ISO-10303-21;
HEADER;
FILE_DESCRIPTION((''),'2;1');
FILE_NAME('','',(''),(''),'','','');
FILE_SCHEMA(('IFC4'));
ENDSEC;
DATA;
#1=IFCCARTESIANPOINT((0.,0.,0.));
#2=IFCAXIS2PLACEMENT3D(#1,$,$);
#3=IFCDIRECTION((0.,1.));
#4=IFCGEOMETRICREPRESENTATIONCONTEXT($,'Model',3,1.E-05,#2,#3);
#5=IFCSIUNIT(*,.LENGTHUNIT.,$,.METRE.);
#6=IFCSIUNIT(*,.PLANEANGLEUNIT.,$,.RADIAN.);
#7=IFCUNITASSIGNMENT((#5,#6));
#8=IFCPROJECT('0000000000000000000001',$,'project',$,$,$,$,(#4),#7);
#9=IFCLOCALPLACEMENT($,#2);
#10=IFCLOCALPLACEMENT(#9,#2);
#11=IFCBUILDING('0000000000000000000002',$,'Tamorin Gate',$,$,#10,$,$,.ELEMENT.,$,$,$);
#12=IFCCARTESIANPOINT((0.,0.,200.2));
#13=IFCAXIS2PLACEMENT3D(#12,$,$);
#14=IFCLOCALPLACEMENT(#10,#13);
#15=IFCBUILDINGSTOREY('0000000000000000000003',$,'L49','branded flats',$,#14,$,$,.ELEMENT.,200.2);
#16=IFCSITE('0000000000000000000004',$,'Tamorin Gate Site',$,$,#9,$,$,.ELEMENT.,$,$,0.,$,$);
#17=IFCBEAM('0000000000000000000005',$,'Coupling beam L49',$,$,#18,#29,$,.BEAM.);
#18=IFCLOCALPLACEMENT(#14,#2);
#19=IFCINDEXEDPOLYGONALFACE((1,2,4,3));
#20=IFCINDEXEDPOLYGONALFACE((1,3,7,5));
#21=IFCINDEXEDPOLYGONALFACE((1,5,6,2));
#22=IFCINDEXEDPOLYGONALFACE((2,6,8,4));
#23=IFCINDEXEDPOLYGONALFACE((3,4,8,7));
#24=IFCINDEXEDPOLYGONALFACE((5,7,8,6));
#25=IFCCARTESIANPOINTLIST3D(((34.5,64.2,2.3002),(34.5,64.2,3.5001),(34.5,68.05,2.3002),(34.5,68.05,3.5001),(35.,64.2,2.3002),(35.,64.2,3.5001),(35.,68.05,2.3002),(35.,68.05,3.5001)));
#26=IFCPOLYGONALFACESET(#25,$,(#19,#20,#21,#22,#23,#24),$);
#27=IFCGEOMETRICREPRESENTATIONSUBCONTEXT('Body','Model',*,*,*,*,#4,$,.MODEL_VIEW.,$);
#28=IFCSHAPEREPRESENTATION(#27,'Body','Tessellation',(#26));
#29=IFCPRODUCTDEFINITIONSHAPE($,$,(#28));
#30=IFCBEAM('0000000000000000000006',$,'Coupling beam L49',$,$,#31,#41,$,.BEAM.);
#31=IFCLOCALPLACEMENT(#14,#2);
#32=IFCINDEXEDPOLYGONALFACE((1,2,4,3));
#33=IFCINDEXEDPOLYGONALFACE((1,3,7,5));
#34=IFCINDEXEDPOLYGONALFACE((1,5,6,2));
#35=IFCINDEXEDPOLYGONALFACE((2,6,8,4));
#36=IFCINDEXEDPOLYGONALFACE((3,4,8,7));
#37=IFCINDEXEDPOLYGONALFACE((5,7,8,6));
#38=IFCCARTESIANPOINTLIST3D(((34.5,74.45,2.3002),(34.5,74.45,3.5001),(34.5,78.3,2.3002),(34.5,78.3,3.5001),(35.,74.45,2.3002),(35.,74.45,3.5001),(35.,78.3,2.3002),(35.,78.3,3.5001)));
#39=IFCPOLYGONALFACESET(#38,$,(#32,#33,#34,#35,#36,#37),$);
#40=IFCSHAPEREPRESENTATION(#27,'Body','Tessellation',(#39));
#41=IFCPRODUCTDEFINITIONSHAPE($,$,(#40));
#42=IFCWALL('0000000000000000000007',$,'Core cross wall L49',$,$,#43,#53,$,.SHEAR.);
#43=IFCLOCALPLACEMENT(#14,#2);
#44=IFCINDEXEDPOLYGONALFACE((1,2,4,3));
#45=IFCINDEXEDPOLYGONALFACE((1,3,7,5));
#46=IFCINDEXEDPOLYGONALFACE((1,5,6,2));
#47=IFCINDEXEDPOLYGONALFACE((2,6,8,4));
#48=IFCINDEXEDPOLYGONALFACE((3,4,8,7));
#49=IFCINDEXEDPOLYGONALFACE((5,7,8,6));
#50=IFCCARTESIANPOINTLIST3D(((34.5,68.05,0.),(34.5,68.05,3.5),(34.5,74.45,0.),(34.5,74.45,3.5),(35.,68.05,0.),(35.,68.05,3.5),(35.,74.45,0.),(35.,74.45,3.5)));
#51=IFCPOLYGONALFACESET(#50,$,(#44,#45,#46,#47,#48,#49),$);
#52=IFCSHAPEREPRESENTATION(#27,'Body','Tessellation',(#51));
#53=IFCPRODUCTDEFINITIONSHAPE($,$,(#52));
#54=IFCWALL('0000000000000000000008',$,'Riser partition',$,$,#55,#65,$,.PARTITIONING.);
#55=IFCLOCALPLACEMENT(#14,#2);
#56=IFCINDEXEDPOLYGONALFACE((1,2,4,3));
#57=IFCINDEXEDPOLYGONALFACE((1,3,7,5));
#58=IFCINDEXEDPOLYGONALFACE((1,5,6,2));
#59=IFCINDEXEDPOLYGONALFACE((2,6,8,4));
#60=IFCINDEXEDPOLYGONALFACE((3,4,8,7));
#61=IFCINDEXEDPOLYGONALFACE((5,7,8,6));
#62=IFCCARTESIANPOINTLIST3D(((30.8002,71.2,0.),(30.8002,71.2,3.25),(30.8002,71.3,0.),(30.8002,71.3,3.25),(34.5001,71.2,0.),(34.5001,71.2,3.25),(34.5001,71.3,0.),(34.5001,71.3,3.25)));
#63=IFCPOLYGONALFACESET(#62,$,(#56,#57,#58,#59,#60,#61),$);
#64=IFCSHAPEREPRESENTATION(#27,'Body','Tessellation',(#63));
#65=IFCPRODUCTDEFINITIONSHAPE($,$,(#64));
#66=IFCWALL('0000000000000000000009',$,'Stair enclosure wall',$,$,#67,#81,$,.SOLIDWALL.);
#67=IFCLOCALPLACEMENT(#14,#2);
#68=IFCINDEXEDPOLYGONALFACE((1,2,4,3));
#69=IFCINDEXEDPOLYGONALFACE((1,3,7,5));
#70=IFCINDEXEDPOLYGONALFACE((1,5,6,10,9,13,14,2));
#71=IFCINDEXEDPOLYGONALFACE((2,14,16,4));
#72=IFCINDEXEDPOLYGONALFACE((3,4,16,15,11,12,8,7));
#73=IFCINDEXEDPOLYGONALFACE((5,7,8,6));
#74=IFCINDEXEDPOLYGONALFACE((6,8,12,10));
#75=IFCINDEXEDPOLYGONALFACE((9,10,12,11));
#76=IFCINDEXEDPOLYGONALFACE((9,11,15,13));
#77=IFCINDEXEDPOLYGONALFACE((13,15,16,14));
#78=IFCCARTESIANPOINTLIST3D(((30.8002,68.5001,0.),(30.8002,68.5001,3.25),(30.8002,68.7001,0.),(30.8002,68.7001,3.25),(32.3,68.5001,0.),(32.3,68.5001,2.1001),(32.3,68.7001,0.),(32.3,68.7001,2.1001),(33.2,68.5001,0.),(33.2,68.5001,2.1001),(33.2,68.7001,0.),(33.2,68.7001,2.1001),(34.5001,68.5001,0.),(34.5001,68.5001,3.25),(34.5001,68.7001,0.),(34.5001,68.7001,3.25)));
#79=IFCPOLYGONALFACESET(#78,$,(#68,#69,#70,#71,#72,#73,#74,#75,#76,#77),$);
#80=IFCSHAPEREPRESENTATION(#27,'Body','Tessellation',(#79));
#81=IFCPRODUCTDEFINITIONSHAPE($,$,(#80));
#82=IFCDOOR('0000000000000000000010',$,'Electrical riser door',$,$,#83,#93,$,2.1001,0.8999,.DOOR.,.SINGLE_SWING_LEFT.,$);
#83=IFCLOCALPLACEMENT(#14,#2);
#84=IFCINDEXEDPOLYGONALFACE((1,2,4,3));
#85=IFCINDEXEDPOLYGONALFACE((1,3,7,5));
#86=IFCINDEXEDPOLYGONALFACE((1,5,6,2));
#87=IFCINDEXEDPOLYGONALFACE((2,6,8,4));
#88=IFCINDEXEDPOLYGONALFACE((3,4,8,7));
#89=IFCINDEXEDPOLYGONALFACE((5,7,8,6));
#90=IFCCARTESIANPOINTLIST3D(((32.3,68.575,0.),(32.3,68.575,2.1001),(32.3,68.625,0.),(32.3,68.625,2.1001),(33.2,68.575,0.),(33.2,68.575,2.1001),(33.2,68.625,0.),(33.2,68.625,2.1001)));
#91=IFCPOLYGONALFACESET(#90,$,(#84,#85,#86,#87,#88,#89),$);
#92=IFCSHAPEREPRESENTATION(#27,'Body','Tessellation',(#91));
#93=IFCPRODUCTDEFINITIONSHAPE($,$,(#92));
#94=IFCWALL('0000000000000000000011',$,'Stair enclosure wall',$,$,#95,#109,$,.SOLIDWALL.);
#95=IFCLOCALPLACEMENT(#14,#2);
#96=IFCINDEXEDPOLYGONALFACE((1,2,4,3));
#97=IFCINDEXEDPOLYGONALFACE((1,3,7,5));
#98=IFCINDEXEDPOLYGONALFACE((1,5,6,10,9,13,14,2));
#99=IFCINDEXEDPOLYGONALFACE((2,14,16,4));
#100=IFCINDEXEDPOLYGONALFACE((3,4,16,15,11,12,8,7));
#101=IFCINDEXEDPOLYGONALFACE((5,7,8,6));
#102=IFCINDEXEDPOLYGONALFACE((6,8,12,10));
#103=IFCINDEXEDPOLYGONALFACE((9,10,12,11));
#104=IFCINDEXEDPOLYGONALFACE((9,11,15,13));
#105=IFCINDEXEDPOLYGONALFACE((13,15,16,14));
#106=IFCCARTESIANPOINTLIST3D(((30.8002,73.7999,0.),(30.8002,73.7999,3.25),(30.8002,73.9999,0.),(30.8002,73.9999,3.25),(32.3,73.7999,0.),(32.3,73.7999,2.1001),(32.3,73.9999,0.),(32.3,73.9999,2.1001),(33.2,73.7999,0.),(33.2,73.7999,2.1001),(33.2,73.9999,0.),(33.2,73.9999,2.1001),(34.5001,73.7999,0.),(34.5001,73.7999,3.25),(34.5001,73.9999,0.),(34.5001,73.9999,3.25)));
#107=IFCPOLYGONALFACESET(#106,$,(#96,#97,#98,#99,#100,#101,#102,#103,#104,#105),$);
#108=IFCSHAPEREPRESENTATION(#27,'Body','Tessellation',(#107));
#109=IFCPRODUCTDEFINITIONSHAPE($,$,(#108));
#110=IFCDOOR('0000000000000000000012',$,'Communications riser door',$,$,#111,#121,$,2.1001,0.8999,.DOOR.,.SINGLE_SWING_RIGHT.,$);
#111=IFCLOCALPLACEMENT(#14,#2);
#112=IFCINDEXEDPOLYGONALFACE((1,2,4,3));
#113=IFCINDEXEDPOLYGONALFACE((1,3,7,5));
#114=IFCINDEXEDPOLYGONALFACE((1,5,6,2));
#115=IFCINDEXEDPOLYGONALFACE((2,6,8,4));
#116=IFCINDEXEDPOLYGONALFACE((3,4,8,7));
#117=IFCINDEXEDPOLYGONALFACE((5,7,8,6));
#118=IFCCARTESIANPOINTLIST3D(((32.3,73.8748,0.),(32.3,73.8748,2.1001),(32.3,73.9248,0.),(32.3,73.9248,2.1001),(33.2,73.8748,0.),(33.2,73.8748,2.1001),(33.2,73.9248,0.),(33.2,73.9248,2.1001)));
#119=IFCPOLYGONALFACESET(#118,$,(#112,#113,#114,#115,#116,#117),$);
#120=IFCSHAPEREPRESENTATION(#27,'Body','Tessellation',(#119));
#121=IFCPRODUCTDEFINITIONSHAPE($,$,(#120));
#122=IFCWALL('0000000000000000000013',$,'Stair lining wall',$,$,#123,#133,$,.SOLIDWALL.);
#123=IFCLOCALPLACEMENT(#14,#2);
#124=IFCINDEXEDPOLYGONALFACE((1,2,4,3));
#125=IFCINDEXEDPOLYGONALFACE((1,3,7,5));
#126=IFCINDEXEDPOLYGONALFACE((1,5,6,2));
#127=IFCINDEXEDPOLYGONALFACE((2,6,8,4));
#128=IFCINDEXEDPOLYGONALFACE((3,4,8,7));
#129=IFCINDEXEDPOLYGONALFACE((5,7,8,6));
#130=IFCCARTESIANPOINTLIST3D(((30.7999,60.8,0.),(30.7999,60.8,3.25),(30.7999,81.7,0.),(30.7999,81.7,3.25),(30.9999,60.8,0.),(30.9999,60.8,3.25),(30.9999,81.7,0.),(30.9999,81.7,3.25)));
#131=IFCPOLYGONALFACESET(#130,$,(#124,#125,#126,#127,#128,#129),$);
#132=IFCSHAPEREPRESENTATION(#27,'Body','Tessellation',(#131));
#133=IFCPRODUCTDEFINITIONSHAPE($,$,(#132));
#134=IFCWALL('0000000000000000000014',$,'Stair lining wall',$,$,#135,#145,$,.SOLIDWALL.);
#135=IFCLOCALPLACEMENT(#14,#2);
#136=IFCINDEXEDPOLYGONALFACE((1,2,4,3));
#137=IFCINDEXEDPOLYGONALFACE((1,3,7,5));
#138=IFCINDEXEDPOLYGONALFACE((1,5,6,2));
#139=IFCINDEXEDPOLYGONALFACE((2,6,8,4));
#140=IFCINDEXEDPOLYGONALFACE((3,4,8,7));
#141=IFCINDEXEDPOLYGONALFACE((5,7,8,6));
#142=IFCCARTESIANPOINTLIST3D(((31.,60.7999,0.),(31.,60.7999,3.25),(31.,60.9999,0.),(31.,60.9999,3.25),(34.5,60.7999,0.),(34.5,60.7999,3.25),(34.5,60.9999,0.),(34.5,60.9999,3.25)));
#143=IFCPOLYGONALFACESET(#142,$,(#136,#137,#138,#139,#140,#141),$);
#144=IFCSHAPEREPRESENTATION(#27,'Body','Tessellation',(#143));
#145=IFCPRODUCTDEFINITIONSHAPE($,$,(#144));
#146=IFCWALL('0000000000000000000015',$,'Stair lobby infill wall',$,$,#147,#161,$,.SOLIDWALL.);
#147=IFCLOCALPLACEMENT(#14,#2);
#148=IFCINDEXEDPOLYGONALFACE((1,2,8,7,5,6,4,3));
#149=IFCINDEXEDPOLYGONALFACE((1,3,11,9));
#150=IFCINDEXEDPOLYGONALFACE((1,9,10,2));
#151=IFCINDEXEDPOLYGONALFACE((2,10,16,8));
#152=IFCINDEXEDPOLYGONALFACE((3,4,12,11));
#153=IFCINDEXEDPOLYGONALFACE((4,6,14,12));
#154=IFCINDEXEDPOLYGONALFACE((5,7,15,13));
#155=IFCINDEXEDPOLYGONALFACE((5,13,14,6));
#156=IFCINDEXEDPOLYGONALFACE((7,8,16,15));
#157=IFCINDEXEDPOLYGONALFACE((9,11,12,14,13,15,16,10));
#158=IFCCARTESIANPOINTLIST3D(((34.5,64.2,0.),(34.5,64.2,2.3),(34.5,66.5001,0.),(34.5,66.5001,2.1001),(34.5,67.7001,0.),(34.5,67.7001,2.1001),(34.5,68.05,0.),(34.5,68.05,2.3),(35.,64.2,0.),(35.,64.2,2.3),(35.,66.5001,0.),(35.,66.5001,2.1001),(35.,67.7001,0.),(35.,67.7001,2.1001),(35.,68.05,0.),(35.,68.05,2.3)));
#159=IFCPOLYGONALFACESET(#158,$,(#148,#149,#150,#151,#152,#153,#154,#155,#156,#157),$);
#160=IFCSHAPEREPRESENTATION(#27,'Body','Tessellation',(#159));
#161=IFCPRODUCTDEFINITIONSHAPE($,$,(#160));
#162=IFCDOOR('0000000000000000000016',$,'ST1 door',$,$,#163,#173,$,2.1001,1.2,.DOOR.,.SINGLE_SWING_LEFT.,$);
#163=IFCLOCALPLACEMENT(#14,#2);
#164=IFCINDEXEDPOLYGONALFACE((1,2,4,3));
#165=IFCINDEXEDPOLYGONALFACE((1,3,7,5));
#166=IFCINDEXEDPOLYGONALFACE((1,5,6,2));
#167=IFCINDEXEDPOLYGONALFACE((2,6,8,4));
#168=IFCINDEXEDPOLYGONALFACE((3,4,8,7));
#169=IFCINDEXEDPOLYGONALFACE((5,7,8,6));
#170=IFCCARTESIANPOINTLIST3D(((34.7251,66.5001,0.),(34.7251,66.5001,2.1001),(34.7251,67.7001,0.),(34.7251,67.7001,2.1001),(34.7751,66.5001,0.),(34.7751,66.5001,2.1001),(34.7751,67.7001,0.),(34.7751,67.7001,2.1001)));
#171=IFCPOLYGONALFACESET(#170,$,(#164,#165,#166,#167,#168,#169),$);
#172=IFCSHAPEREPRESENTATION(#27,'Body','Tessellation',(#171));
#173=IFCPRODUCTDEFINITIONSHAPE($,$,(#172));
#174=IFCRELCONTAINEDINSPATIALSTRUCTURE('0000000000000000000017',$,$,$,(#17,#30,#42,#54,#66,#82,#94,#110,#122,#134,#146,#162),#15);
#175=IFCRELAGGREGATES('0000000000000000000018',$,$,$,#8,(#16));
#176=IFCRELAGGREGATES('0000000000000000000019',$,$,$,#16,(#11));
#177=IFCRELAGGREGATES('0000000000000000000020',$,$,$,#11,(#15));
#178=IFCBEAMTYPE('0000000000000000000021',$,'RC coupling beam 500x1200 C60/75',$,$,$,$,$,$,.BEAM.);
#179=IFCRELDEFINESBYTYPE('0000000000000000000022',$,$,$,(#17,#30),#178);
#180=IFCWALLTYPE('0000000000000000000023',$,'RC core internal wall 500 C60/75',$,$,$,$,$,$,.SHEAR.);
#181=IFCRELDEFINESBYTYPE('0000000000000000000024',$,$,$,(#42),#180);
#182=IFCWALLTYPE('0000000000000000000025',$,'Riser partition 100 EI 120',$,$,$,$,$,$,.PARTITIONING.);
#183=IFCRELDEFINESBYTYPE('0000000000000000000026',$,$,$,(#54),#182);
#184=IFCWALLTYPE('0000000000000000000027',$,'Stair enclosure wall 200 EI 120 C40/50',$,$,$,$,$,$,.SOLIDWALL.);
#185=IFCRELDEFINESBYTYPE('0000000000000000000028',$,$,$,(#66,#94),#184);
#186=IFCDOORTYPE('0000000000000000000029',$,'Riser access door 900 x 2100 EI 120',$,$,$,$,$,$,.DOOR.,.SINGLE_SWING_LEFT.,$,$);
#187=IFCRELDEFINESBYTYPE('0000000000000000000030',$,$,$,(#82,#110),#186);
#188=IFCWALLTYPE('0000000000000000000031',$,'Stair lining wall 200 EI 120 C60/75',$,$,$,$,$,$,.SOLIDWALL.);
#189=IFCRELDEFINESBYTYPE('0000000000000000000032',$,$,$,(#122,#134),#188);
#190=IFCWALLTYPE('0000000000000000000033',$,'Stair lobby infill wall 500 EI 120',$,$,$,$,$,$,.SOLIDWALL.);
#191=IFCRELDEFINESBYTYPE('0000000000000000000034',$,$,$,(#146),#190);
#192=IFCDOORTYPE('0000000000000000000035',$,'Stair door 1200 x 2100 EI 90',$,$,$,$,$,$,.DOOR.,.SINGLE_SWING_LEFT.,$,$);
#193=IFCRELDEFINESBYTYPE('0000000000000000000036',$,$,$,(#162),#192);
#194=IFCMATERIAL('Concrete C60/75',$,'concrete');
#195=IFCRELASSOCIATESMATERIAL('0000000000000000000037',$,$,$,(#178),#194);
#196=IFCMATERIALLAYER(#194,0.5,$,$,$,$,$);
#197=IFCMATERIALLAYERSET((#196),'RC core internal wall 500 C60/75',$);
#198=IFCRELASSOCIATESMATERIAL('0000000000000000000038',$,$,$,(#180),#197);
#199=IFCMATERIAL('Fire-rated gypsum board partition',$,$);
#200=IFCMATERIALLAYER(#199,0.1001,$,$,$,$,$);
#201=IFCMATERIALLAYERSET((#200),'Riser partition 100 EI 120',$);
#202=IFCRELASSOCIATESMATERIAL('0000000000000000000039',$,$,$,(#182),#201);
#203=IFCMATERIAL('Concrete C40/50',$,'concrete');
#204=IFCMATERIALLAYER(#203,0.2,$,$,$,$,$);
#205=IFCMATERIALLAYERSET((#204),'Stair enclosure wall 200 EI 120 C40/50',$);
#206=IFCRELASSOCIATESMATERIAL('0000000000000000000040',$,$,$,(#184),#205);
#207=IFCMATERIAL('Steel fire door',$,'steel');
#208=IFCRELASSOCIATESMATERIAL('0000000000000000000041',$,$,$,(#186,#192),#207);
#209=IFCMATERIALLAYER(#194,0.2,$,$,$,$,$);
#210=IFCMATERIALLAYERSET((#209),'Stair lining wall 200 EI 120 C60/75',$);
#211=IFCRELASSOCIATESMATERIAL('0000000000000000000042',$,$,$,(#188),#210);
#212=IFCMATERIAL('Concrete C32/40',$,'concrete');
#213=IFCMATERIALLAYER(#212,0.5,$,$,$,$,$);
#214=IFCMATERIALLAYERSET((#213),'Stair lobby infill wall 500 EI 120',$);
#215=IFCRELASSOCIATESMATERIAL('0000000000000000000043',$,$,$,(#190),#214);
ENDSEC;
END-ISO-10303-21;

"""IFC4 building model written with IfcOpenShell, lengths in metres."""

from ifc_helpers import new_model, si_unit, direction, frame, frame_2d, origin, origin_2d, place, context, subcontext, project, spatial, rectangle, extrude, material, layer, layer_set, material_profile, profile_set, type_object, element, fill, save


model = new_model("IFC4")

# Units and contexts
model_context = context("Model", 3, precision=1e-05, world=origin(), true_north=direction((0.0, 1.0)))
body_context = subcontext(model_context, "Body", "Model", "MODEL_VIEW")
ifc_project = project(units=[si_unit("LENGTHUNIT", "METRE"), si_unit("PLANEANGLEUNIT", "RADIAN")], contexts=[model_context])

# Site, building, storey
site_placement = place(None, origin())
site = spatial("IfcSite", under=ifc_project, at=site_placement, Name="Tamorin Gate Site", CompositionType="ELEMENT", RefElevation=0.0)
building_placement = place(site_placement, origin())
building = spatial("IfcBuilding", under=site, at=building_placement, Name="Tamorin Gate", CompositionType="ELEMENT")
storey_placement = place(building_placement, frame((0.0, 0.0, 200.2)))
storey = spatial("IfcBuildingStorey", under=building, at=storey_placement, Name="L49", Description="branded flats", CompositionType="ELEMENT", Elevation=200.2)

# Beams
ifc_material_1 = material(Name="Concrete C60/75", Category="concrete")
ifc_material_profile = material_profile(ifc_material_1, rectangle(XDim=0.5, YDim=1.2, at=origin_2d()), Name="RC 500x1200")
ifc_profile_set = profile_set([ifc_material_profile], Name="Concrete C60/75")
beam_type = type_object("IfcBeamType", Name="RC coupling beam 500x1200 C60/75", PredefinedType="BEAM", material=ifc_profile_set)
for number, where, z_axis, x_axis, name in (
    (1, (34.75, 64.2, 2.9001), (0.0, 1.0, 0.0), (-1.0, 0.0, 0.0), "Coupling beam L49"),
    (2, (34.75, 74.45, 2.9001), (0.0, 1.0, 0.0), (-1.0, 0.0, 0.0), "Coupling beam L49"),
):
    element("IfcBeam", number, at=place(storey_placement, frame(where, z_axis=z_axis, x_axis=x_axis)), inside=storey, type_object=beam_type, Name=name, PredefinedType="BEAM", context=body_context, shape_type="SweptSolid", body=[
        extrude(rectangle(XDim=0.5, YDim=1.2, at=origin_2d()), origin(), (0.0, 0.0, 1.0), 3.8501),
    ])

# Walls
ifc_layer_1 = layer(ifc_material_1, 0.5)
ifc_layer_set_1 = layer_set([ifc_layer_1], Name="RC core internal wall 500 C60/75")
wall_type_1 = type_object("IfcWallType", Name="RC core internal wall 500 C60/75", PredefinedType="SHEAR", material=ifc_layer_set_1)
wall_1_placement = place(storey_placement, frame((34.75, 68.05, 0.0), z_axis=(0.0, 0.0, 1.0), x_axis=(0.0, 1.0, 0.0)))
element("IfcWall", 3, at=wall_1_placement, inside=storey, type_object=wall_type_1, Name="Core cross wall L49", PredefinedType="SHEAR", context=body_context, shape_type="SweptSolid", body=[
    extrude(rectangle(XDim=6.3999, YDim=0.5, at=frame_2d((3.2, 0.0))), origin(), (0.0, 0.0, 1.0), 3.5),
])
ifc_material_2 = material(Name="Fire-rated gypsum board partition")
ifc_layer_2 = layer(ifc_material_2, 0.1001)
ifc_layer_set_2 = layer_set([ifc_layer_2], Name="Riser partition 100 EI 120")
wall_type_2 = type_object("IfcWallType", Name="Riser partition 100 EI 120", PredefinedType="PARTITIONING", material=ifc_layer_set_2)
wall_2_placement = place(storey_placement, frame((30.8, 71.25, 0.0), z_axis=(0.0, 0.0, 1.0), x_axis=(1.0, 0.0, 0.0)))
element("IfcWall", 4, at=wall_2_placement, inside=storey, type_object=wall_type_2, Name="Riser partition", PredefinedType="PARTITIONING", context=body_context, shape_type="SweptSolid", body=[
    extrude(rectangle(XDim=3.7, YDim=0.1001, at=frame_2d((1.8501, 0.0))), origin(), (0.0, 0.0, 1.0), 3.25),
])

# Walls, openings, doors
ifc_material_3 = material(Name="Concrete C40/50", Category="concrete")
ifc_layer_3 = layer(ifc_material_3, 0.2)
ifc_layer_set_3 = layer_set([ifc_layer_3], Name="Stair enclosure wall 200 EI 120 C40/50")
wall_type_3 = type_object("IfcWallType", Name="Stair enclosure wall 200 EI 120 C40/50", PredefinedType="SOLIDWALL", material=ifc_layer_set_3)
wall_3_placement = place(storey_placement, frame((30.8, 68.6001, 0.0), z_axis=(0.0, 0.0, 1.0), x_axis=(1.0, 0.0, 0.0)))
wall_3 = element("IfcWall", 5, at=wall_3_placement, inside=storey, type_object=wall_type_3, Name="Stair enclosure wall", PredefinedType="SOLIDWALL", context=body_context, shape_type="SweptSolid", body=[
    extrude(rectangle(XDim=3.7, YDim=0.2, at=frame_2d((1.8501, 0.0))), origin(), (0.0, 0.0, 1.0), 3.25),
])
opening_1_placement = place(wall_3_placement, frame((1.5, 0.0, 0.0)))
opening_1 = element("IfcOpeningElement", 6, at=opening_1_placement, cuts=wall_3, PredefinedType="OPENING", context=body_context, shape_type="SweptSolid", body=[
    extrude(rectangle(XDim=0.8999, YDim=2.1001, at=frame_2d((0.45, 1.05))), frame((0.0, 0.1099, 0.0), z_axis=(0.0, -1.0, 0.0), x_axis=(1.0, 0.0, 0.0)), (0.0, 0.0, 1.0), 0.22),
])
ifc_material_4 = material(Name="Steel fire door", Category="steel")
door_type_1 = type_object("IfcDoorType", Name="Riser access door 900 x 2100 EI 120", OperationType="SINGLE_SWING_LEFT", PredefinedType="DOOR", material=ifc_material_4)
door_1_placement = place(opening_1_placement, origin())
door_1 = element("IfcDoor", 7, at=door_1_placement, inside=storey, type_object=door_type_1, Name="Electrical riser door", OperationType="SINGLE_SWING_LEFT", OverallHeight=2.1001, OverallWidth=0.8999, PredefinedType="DOOR", context=body_context, shape_type="SweptSolid", body=[
    extrude(rectangle(XDim=0.8999, YDim=2.1001, at=frame_2d((0.45, 1.05))), frame((0.0, 0.0249, 0.0), z_axis=(0.0, -1.0, 0.0), x_axis=(1.0, 0.0, 0.0)), (0.0, 0.0, 1.0), 0.05),
])
fill(opening_1, door_1)
wall_4_placement = place(storey_placement, frame((30.8, 73.8999, 0.0), z_axis=(0.0, 0.0, 1.0), x_axis=(1.0, 0.0, 0.0)))
wall_4 = element("IfcWall", 8, at=wall_4_placement, inside=storey, type_object=wall_type_3, Name="Stair enclosure wall", PredefinedType="SOLIDWALL", context=body_context, shape_type="SweptSolid", body=[
    extrude(rectangle(XDim=3.7, YDim=0.2, at=frame_2d((1.8501, 0.0))), origin(), (0.0, 0.0, 1.0), 3.25),
])
opening_2_placement = place(wall_4_placement, frame((1.5, 0.0, 0.0)))
opening_2 = element("IfcOpeningElement", 9, at=opening_2_placement, cuts=wall_4, PredefinedType="OPENING", context=body_context, shape_type="SweptSolid", body=[
    extrude(rectangle(XDim=0.8999, YDim=2.1001, at=frame_2d((0.45, 1.05))), frame((0.0, 0.1099, 0.0), z_axis=(0.0, -1.0, 0.0), x_axis=(1.0, 0.0, 0.0)), (0.0, 0.0, 1.0), 0.22),
])
door_2_placement = place(opening_2_placement, origin())
door_2 = element("IfcDoor", 10, at=door_2_placement, inside=storey, type_object=door_type_1, Name="Communications riser door", OperationType="SINGLE_SWING_RIGHT", OverallHeight=2.1001, OverallWidth=0.8999, PredefinedType="DOOR", context=body_context, shape_type="SweptSolid", body=[
    extrude(rectangle(XDim=0.8999, YDim=2.1001, at=frame_2d((0.45, 1.05))), frame((0.0, 0.0249, 0.0), z_axis=(0.0, -1.0, 0.0), x_axis=(1.0, 0.0, 0.0)), (0.0, 0.0, 1.0), 0.05),
])
fill(opening_2, door_2)

# Walls
ifc_layer_4 = layer(ifc_material_1, 0.2)
ifc_layer_set_4 = layer_set([ifc_layer_4], Name="Stair lining wall 200 EI 120 C60/75")
wall_type_4 = type_object("IfcWallType", Name="Stair lining wall 200 EI 120 C60/75", PredefinedType="SOLIDWALL", material=ifc_layer_set_4)
wall_5_placement = place(storey_placement, frame((30.8999, 60.8, 0.0), z_axis=(0.0, 0.0, 1.0), x_axis=(0.0, 1.0, 0.0)))
element("IfcWall", 11, at=wall_5_placement, inside=storey, type_object=wall_type_4, Name="Stair lining wall", PredefinedType="SOLIDWALL", context=body_context, shape_type="SweptSolid", body=[
    extrude(rectangle(XDim=20.8999, YDim=0.2, at=frame_2d((10.45, 0.0))), origin(), (0.0, 0.0, 1.0), 3.25),
])
wall_6_placement = place(storey_placement, frame((31.0, 60.8999, 0.0), z_axis=(0.0, 0.0, 1.0), x_axis=(1.0, 0.0, 0.0)))
element("IfcWall", 12, at=wall_6_placement, inside=storey, type_object=wall_type_4, Name="Stair lining wall", PredefinedType="SOLIDWALL", context=body_context, shape_type="SweptSolid", body=[
    extrude(rectangle(XDim=3.5, YDim=0.2, at=frame_2d((1.75, 0.0))), origin(), (0.0, 0.0, 1.0), 3.25),
])

# Wall, opening, door
ifc_material_5 = material(Name="Concrete C32/40", Category="concrete")
ifc_layer_5 = layer(ifc_material_5, 0.5)
ifc_layer_set_5 = layer_set([ifc_layer_5], Name="Stair lobby infill wall 500 EI 120")
wall_type_5 = type_object("IfcWallType", Name="Stair lobby infill wall 500 EI 120", PredefinedType="SOLIDWALL", material=ifc_layer_set_5)
wall_7_placement = place(storey_placement, frame((34.75, 64.2, 0.0), z_axis=(0.0, 0.0, 1.0), x_axis=(0.0, 1.0, 0.0)))
wall_7 = element("IfcWall", 13, at=wall_7_placement, inside=storey, type_object=wall_type_5, Name="Stair lobby infill wall", PredefinedType="SOLIDWALL", context=body_context, shape_type="SweptSolid", body=[
    extrude(rectangle(XDim=3.8501, YDim=0.5, at=frame_2d((1.925, 0.0))), origin(), (0.0, 0.0, 1.0), 2.3),
])
opening_3_placement = place(wall_7_placement, frame((2.3, 0.0, 0.0)))
opening_3 = element("IfcOpeningElement", 14, at=opening_3_placement, cuts=wall_7, PredefinedType="OPENING", context=body_context, shape_type="SweptSolid", body=[
    extrude(rectangle(XDim=1.2, YDim=2.1001, at=frame_2d((0.6001, 1.05))), frame((0.0, 0.26, 0.0), z_axis=(0.0, -1.0, 0.0), x_axis=(1.0, 0.0, 0.0)), (0.0, 0.0, 1.0), 0.52),
])
door_type_2 = type_object("IfcDoorType", Name="Stair door 1200 x 2100 EI 90", OperationType="SINGLE_SWING_LEFT", PredefinedType="DOOR", material=ifc_material_4)
door_3_placement = place(opening_3_placement, origin())
door_3 = element("IfcDoor", 15, at=door_3_placement, inside=storey, type_object=door_type_2, Name="ST1 door", OperationType="SINGLE_SWING_LEFT", OverallHeight=2.1001, OverallWidth=1.2, PredefinedType="DOOR", context=body_context, shape_type="SweptSolid", body=[
    extrude(rectangle(XDim=1.2, YDim=2.1001, at=frame_2d((0.6001, 1.05))), frame((0.0, 0.0249, 0.0), z_axis=(0.0, -1.0, 0.0), x_axis=(1.0, 0.0, 0.0)), (0.0, 0.0, 1.0), 0.05),
])
fill(opening_3, door_3)

save(model, "model.ifc")
